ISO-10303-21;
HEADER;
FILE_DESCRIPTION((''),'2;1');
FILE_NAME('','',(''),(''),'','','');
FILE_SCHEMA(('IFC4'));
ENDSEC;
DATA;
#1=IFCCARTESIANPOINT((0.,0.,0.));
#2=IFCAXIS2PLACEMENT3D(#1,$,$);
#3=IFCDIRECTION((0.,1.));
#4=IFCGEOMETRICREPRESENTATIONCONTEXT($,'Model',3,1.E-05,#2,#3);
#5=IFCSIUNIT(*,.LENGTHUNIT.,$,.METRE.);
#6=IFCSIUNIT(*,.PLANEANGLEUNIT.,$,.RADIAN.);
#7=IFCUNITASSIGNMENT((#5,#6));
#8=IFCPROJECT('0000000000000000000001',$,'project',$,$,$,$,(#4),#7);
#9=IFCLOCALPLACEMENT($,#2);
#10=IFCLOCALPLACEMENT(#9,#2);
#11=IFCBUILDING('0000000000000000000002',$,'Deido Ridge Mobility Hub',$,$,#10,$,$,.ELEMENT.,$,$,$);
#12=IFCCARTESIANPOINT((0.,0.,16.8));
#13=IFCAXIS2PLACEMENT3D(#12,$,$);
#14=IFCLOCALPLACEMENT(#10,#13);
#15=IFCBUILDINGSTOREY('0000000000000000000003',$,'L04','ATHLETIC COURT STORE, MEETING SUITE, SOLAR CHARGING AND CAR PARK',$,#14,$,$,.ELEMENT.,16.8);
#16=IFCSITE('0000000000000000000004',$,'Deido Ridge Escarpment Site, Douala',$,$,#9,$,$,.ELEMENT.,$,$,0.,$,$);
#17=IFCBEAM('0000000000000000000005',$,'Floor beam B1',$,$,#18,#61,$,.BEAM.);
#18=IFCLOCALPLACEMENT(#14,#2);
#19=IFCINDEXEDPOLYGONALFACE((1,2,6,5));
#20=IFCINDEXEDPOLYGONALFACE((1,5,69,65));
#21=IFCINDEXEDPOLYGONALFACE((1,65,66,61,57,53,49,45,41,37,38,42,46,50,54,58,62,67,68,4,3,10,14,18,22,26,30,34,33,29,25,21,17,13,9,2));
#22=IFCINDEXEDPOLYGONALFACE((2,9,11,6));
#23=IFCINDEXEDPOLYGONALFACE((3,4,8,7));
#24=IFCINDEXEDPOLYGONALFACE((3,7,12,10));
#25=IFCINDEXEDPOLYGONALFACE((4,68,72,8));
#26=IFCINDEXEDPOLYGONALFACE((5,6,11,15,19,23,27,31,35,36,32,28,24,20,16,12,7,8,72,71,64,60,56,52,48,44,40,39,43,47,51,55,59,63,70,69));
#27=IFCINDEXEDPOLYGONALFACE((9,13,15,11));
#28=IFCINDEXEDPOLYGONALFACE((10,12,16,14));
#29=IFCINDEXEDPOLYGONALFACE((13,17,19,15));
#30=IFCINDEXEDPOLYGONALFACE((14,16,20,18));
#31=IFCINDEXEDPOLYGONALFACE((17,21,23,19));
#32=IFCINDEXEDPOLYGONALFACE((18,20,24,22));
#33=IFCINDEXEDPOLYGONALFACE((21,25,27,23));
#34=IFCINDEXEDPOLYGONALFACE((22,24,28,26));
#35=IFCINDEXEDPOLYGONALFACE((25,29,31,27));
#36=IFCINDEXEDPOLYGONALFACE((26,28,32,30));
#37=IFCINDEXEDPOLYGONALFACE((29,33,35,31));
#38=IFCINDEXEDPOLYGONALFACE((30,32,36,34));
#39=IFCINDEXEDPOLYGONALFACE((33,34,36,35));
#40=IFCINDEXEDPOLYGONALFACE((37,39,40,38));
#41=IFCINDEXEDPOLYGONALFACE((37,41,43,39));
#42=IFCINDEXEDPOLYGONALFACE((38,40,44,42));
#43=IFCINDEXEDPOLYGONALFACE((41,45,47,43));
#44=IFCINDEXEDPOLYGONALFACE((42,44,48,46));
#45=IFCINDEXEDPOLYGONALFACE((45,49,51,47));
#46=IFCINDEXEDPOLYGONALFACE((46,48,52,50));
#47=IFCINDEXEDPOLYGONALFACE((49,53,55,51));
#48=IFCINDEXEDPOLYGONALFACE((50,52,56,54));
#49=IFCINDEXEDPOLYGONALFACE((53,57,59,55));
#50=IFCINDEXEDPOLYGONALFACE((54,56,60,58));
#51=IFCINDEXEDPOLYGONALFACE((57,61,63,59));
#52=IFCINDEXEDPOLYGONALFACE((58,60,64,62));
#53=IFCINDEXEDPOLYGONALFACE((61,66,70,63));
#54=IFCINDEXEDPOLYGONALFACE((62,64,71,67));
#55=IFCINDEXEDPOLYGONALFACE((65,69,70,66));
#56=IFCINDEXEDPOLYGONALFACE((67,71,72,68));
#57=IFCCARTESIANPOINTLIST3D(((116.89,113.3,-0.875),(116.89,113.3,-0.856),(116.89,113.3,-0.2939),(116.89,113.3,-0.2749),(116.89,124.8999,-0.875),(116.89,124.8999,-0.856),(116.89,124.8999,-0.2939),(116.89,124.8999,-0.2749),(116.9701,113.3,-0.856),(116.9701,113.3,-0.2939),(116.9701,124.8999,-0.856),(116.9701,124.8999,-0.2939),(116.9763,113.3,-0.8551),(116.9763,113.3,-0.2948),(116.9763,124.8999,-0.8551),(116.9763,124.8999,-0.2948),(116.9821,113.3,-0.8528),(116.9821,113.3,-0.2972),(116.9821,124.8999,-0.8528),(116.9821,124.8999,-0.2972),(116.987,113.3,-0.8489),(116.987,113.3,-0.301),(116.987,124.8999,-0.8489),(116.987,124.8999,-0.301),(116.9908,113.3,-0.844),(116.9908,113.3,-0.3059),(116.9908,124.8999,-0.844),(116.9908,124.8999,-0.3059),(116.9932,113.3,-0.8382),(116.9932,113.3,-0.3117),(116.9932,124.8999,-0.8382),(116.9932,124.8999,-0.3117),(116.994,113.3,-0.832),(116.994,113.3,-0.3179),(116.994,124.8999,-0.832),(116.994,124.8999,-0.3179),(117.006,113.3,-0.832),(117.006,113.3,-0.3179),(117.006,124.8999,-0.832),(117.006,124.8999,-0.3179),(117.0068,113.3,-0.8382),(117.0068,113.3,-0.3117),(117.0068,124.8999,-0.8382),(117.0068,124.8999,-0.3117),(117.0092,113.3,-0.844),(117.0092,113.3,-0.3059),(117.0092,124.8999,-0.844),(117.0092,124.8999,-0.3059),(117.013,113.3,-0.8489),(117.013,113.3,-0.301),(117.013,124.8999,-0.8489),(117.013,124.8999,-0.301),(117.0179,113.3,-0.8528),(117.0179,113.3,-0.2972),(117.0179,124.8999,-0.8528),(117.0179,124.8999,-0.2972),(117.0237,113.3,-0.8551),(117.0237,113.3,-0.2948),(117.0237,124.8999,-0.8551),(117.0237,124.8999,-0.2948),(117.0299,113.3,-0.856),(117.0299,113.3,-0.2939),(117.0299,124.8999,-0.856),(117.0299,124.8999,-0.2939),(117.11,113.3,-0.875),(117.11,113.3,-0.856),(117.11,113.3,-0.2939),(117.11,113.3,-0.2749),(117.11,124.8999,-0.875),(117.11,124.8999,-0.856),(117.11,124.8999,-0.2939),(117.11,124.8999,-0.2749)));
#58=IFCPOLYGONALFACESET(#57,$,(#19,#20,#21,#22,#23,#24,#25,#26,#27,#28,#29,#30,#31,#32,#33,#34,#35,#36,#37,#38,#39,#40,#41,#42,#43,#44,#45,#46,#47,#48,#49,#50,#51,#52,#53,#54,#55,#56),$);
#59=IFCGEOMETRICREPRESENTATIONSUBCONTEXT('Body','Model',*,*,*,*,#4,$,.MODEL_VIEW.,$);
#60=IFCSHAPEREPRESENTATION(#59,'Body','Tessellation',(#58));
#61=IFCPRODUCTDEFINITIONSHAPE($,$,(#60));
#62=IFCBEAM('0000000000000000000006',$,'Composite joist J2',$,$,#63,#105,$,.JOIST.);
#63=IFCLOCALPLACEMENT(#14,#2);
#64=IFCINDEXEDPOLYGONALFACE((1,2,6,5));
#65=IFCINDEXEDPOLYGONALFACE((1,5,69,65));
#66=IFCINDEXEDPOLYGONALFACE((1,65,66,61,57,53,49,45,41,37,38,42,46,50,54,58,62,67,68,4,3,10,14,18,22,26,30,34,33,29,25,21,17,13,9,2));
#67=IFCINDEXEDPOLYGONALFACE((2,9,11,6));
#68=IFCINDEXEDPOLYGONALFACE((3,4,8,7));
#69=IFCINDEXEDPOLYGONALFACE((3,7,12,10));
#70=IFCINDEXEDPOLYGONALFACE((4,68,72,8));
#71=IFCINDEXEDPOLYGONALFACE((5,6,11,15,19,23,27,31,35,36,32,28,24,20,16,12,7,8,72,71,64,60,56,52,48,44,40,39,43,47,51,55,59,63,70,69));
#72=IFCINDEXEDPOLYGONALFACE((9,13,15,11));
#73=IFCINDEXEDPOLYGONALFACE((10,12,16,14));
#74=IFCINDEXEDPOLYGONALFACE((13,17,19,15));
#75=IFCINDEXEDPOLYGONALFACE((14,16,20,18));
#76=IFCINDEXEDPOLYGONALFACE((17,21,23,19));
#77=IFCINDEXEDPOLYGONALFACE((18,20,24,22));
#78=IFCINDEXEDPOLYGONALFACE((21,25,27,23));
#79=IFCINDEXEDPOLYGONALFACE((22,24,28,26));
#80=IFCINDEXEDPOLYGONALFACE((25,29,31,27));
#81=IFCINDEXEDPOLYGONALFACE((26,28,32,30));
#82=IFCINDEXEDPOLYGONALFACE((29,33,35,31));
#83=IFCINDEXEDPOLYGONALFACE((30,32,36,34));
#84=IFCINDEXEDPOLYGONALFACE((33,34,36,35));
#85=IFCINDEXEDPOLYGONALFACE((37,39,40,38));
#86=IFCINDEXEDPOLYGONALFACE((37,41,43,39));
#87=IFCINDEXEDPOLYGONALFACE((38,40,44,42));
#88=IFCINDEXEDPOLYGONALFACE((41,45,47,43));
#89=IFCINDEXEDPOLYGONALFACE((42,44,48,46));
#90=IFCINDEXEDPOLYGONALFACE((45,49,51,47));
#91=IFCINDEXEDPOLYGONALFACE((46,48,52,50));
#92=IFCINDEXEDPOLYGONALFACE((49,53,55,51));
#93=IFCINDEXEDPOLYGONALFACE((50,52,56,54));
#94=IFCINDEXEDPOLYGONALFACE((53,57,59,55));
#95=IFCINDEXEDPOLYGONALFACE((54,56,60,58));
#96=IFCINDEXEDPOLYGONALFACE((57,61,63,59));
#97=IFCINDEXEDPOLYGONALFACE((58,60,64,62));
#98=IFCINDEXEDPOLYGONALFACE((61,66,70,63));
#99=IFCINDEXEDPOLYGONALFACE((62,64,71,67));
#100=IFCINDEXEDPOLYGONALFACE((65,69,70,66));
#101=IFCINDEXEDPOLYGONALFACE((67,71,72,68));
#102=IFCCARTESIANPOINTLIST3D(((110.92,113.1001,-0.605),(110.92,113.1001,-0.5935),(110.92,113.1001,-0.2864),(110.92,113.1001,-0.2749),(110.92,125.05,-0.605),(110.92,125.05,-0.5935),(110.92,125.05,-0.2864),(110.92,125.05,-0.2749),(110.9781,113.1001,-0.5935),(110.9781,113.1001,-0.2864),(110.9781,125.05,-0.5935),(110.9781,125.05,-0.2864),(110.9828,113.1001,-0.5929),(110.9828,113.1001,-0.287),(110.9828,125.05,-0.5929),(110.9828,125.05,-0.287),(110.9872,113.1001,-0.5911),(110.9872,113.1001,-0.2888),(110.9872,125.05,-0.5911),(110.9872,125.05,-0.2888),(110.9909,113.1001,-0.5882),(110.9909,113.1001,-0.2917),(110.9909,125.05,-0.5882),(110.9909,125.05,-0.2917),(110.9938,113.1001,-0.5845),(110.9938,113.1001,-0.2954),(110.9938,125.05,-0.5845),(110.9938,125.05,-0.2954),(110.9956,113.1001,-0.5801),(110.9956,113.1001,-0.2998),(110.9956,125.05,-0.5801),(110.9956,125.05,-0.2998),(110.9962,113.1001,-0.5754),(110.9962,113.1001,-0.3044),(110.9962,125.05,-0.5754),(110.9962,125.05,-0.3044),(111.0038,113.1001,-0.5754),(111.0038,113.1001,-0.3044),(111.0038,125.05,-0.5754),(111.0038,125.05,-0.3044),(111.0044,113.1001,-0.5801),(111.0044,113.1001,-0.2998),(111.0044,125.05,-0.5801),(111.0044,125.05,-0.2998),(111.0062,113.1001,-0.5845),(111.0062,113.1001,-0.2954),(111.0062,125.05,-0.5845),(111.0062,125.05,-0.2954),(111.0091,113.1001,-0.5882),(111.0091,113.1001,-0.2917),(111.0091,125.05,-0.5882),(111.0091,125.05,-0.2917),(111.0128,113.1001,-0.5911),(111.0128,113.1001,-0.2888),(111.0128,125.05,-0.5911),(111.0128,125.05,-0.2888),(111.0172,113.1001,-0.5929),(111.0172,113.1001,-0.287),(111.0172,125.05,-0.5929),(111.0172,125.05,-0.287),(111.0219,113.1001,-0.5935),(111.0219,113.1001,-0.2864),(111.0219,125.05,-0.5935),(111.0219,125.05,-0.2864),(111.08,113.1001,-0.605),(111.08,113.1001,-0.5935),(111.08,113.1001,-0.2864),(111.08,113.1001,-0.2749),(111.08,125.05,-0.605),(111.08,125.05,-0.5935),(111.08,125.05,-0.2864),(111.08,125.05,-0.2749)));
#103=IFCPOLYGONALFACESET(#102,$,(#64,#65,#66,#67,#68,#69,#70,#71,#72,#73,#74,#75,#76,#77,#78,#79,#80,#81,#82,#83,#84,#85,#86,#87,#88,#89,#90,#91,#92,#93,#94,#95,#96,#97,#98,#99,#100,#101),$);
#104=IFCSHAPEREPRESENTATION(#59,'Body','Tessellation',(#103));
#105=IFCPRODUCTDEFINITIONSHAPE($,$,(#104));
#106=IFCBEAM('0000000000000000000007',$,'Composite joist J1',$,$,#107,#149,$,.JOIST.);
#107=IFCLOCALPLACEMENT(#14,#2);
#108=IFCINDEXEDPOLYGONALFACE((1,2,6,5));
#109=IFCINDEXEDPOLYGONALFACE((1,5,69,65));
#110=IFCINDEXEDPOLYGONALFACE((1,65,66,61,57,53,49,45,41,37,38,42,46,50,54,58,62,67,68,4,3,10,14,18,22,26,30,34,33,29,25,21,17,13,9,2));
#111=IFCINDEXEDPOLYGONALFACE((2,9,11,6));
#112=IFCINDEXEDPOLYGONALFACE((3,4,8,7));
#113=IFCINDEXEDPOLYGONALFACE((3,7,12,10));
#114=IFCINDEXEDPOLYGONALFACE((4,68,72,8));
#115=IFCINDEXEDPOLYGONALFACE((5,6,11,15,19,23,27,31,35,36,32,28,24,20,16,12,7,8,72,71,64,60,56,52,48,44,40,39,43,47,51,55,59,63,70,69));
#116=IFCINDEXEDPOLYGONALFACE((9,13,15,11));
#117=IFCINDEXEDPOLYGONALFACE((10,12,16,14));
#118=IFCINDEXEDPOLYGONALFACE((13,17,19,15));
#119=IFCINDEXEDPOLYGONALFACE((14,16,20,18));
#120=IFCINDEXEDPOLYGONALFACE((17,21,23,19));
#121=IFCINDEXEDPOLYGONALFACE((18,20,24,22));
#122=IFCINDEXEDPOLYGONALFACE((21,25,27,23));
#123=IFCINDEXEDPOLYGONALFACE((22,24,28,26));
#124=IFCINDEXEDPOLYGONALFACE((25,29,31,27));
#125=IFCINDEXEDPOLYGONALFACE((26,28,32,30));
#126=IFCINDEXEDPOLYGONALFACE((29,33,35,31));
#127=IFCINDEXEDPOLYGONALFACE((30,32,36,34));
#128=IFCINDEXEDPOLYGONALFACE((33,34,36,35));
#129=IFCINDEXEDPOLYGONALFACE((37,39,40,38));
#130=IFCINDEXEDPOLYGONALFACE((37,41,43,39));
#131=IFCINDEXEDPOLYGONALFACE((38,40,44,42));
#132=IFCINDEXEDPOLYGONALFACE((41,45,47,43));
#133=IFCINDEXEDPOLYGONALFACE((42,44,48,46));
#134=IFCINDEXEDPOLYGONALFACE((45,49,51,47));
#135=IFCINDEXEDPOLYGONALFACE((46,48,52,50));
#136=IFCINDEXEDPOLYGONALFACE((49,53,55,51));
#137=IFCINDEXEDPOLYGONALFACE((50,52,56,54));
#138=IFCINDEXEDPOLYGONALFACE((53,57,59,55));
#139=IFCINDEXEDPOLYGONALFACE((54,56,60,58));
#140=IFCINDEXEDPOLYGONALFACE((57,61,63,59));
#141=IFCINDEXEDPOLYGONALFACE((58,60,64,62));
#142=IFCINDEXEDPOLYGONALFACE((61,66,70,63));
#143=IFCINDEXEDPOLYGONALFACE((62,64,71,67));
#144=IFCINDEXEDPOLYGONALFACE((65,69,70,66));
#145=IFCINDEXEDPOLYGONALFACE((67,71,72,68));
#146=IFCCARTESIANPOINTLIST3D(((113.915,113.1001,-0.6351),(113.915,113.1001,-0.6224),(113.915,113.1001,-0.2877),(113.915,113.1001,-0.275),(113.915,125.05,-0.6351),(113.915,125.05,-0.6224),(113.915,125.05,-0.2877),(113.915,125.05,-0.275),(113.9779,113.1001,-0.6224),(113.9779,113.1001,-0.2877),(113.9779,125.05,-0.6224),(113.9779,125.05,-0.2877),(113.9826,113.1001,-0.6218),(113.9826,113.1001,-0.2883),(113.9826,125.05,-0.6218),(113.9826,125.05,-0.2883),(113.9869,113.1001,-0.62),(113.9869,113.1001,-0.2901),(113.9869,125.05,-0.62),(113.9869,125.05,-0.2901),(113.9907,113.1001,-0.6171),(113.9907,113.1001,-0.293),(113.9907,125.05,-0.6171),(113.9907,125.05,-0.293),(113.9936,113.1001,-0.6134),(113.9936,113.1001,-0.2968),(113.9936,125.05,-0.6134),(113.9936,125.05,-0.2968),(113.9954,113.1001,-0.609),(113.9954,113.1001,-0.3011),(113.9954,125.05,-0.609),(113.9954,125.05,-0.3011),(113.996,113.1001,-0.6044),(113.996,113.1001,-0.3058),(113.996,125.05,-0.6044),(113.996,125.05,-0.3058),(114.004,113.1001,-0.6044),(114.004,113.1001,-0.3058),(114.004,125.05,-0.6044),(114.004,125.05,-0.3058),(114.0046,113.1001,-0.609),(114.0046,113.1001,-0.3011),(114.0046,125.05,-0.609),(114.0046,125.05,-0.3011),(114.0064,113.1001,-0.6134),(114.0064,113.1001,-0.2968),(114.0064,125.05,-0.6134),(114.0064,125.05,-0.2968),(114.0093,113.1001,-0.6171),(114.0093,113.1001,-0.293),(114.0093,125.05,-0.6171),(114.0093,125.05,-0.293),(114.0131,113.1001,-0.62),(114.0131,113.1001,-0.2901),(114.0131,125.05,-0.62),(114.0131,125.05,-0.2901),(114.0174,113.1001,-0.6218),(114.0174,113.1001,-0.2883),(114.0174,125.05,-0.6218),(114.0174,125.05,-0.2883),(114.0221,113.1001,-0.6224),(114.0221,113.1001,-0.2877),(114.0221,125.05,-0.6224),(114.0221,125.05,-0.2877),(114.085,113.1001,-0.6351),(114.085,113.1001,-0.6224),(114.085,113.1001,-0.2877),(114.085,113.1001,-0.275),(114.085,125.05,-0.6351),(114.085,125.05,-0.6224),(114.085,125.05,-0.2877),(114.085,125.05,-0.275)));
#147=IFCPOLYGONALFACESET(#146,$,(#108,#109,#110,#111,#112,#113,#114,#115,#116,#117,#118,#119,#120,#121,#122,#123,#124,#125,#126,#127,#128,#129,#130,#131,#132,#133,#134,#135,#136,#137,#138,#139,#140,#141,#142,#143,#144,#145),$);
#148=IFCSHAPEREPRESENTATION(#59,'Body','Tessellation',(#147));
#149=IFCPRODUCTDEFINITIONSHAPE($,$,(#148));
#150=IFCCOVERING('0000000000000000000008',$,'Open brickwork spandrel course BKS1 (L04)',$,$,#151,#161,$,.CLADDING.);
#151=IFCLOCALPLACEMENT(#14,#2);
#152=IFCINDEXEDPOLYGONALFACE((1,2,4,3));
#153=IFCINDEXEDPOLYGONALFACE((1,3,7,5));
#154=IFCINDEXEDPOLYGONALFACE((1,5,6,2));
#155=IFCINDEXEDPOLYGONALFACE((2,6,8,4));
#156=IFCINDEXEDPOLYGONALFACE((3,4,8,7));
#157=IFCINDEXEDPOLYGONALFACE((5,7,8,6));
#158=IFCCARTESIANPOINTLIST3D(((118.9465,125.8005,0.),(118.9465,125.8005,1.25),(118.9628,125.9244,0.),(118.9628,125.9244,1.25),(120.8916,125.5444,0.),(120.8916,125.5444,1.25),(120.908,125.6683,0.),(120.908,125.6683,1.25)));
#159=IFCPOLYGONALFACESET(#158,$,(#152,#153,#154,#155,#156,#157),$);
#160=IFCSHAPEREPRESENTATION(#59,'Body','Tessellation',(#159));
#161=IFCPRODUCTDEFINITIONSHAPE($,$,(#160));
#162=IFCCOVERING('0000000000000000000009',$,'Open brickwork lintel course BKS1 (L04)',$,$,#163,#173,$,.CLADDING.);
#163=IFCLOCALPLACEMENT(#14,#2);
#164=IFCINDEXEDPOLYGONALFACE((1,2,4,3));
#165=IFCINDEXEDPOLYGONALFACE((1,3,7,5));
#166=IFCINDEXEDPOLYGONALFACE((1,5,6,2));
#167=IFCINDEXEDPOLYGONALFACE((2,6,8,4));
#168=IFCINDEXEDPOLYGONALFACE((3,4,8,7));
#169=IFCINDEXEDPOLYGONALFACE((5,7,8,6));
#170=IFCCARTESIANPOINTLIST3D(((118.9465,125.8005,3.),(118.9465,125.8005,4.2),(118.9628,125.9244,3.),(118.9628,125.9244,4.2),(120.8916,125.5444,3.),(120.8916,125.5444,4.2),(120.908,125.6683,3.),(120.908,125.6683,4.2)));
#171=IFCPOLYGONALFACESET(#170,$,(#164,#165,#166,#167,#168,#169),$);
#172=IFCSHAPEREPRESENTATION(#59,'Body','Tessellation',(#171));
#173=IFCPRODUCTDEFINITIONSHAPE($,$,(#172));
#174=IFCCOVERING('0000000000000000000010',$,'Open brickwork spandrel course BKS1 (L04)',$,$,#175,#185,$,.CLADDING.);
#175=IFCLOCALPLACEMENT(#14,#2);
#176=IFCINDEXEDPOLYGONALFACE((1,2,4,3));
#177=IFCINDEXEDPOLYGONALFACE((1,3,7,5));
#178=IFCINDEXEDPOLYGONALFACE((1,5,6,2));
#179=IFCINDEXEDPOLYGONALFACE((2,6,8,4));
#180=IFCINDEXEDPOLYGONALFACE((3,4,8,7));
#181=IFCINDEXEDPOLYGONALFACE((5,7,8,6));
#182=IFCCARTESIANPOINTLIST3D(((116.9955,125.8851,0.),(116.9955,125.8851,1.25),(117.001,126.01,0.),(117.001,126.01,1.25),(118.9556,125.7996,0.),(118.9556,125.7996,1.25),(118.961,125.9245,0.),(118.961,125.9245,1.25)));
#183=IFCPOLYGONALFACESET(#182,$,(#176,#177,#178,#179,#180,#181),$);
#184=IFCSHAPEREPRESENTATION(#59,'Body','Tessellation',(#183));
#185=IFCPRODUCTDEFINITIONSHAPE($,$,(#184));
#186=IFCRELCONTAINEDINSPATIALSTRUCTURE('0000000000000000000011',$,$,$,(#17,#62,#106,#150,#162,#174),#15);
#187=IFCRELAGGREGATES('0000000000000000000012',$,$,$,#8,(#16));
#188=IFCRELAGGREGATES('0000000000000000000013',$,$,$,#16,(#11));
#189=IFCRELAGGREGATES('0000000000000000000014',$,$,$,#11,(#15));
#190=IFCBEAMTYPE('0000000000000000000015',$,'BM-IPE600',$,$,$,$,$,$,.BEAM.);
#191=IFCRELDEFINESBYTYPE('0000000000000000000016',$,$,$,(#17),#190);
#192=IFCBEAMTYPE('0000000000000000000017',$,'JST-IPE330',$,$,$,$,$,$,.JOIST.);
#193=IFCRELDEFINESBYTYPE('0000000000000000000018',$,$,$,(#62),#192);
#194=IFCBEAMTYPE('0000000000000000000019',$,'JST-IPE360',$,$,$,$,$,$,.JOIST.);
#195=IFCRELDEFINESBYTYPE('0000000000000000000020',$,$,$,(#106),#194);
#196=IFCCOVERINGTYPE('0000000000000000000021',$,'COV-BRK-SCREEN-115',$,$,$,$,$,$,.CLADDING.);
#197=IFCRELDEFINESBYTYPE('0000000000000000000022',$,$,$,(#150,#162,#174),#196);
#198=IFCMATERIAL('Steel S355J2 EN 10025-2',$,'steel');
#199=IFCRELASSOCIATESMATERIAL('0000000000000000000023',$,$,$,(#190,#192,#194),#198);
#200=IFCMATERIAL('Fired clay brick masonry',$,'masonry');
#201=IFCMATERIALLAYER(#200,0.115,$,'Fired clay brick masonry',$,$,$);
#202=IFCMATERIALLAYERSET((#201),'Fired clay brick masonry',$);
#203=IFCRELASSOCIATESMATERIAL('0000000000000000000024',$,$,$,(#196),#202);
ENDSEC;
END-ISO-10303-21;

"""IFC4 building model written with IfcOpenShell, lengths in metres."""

from ifc_helpers import new_model, si_unit, direction, frame, origin, origin_2d, place, context, subcontext, project, spatial, rectangle, i_section, extrude, material, layer, layer_set, material_profile, profile_set, type_object, element, save


model = new_model("IFC4")

# Units and contexts
model_context = context("Model", 3, precision=1e-05, world=origin(), true_north=direction((0.0, 1.0)))
body_context = subcontext(model_context, "Body", "Model", "MODEL_VIEW")
ifc_project = project(units=[si_unit("LENGTHUNIT", "METRE"), si_unit("PLANEANGLEUNIT", "RADIAN")], contexts=[model_context])

# Site, building, storey
site_placement = place(None, origin())
site = spatial("IfcSite", under=ifc_project, at=site_placement, Name="Deido Ridge Escarpment Site, Douala", CompositionType="ELEMENT", RefElevation=0.0)
building_placement = place(site_placement, origin())
building = spatial("IfcBuilding", under=site, at=building_placement, Name="Deido Ridge Mobility Hub", CompositionType="ELEMENT")
storey_placement = place(building_placement, frame((0.0, 0.0, 16.8)))
storey = spatial("IfcBuildingStorey", under=building, at=storey_placement, Name="L04", Description="ATHLETIC COURT STORE, MEETING SUITE, SOLAR CHARGING AND CAR PARK", CompositionType="ELEMENT", Elevation=16.8)

# Shared definitions
ifc_material_1 = material(Name="Steel S355J2 EN 10025-2", Category="steel")

# Beams
ifc_material_profile_1 = material_profile(ifc_material_1, i_section(OverallWidth=0.22, OverallDepth=0.6001, WebThickness=0.012, FlangeThickness=0.019, FilletRadius=0.0239, at=origin_2d()), Name="IPE 600")
ifc_profile_set_1 = profile_set([ifc_material_profile_1], Name="Steel S355J2 EN 10025-2")
beam_type_1 = type_object("IfcBeamType", Name="BM-IPE600", PredefinedType="BEAM", material=ifc_profile_set_1)
beam_1_placement = place(storey_placement, frame((117.0, 113.3, -0.575), z_axis=(0.0, 1.0, 0.0), x_axis=(-1.0, 0.0, 0.0)))
element("IfcBeam", 1, at=beam_1_placement, inside=storey, type_object=beam_type_1, Name="Floor beam B1", PredefinedType="BEAM", context=body_context, shape_type="SweptSolid", body=[
    extrude(i_section(OverallWidth=0.22, OverallDepth=0.6001, WebThickness=0.012, FlangeThickness=0.019, FilletRadius=0.0239, at=origin_2d()), origin(), (0.0, 0.0, 1.0), 11.5999),
])
ifc_material_profile_2 = material_profile(ifc_material_1, i_section(OverallWidth=0.1599, OverallDepth=0.3301, WebThickness=0.0076, FlangeThickness=0.0115, FilletRadius=0.0181, at=origin_2d()), Name="IPE 330")
ifc_profile_set_2 = profile_set([ifc_material_profile_2], Name="Steel S355J2 EN 10025-2")
beam_type_2 = type_object("IfcBeamType", Name="JST-IPE330", PredefinedType="JOIST", material=ifc_profile_set_2)
beam_2_placement = place(storey_placement, frame((111.0, 113.1001, -0.4399), z_axis=(0.0, 1.0, 0.0), x_axis=(-1.0, 0.0, 0.0)))
element("IfcBeam", 2, at=beam_2_placement, inside=storey, type_object=beam_type_2, Name="Composite joist J2", PredefinedType="JOIST", context=body_context, shape_type="SweptSolid", body=[
    extrude(i_section(OverallWidth=0.1599, OverallDepth=0.3301, WebThickness=0.0076, FlangeThickness=0.0115, FilletRadius=0.0181, at=origin_2d()), origin(), (0.0, 0.0, 1.0), 11.95),
])
ifc_material_profile_3 = material_profile(ifc_material_1, i_section(OverallWidth=0.1699, OverallDepth=0.3601, WebThickness=0.0081, FlangeThickness=0.0127, FilletRadius=0.0181, at=origin_2d()), Name="IPE 360")
ifc_profile_set_3 = profile_set([ifc_material_profile_3], Name="Steel S355J2 EN 10025-2")
beam_type_3 = type_object("IfcBeamType", Name="JST-IPE360", PredefinedType="JOIST", material=ifc_profile_set_3)
beam_3_placement = place(storey_placement, frame((114.0, 113.1001, -0.4551), z_axis=(0.0, 1.0, 0.0), x_axis=(-1.0, 0.0, 0.0)))
element("IfcBeam", 3, at=beam_3_placement, inside=storey, type_object=beam_type_3, Name="Composite joist J1", PredefinedType="JOIST", context=body_context, shape_type="SweptSolid", body=[
    extrude(i_section(OverallWidth=0.1699, OverallDepth=0.3601, WebThickness=0.0081, FlangeThickness=0.0127, FilletRadius=0.0181, at=origin_2d()), origin(), (0.0, 0.0, 1.0), 11.95),
])

# Coverings
ifc_material_2 = material(Name="Fired clay brick masonry", Category="masonry")
ifc_layer = layer(ifc_material_2, 0.115, Name="Fired clay brick masonry")
ifc_layer_set = layer_set([ifc_layer], Name="Fired clay brick masonry")
covering_type = type_object("IfcCoveringType", Name="COV-BRK-SCREEN-115", PredefinedType="CLADDING", material=ifc_layer_set)
covering_1_placement = place(storey_placement, frame((119.9272, 125.7344, 0.0), z_axis=(0.0, 0.0, 1.0), x_axis=(-0.991443, 0.130543, 0.0)))
element("IfcCovering", 4, at=covering_1_placement, inside=storey, type_object=covering_type, Name="Open brickwork spandrel course BKS1 (L04)", PredefinedType="CLADDING", context=body_context, shape_type="SweptSolid", body=[
    extrude(rectangle(XDim=1.9619, YDim=0.125, at=origin_2d()), origin(), (0.0, 0.0, 1.0), 1.25),
])
covering_2_placement = place(storey_placement, frame((119.9272, 125.7344, 3.0), z_axis=(0.0, 0.0, 1.0), x_axis=(-0.991443, 0.130543, 0.0)))
element("IfcCovering", 5, at=covering_2_placement, inside=storey, type_object=covering_type, Name="Open brickwork lintel course BKS1 (L04)", PredefinedType="CLADDING", context=body_context, shape_type="SweptSolid", body=[
    extrude(rectangle(XDim=1.9619, YDim=0.125, at=origin_2d()), origin(), (0.0, 0.0, 1.0), 1.2),
])
covering_3_placement = place(storey_placement, frame((117.9783, 125.9048, 0.0), z_axis=(0.0, 0.0, 1.0), x_axis=(-0.999049, 0.043602, 0.0)))
element("IfcCovering", 6, at=covering_3_placement, inside=storey, type_object=covering_type, Name="Open brickwork spandrel course BKS1 (L04)", PredefinedType="CLADDING", context=body_context, shape_type="SweptSolid", body=[
    extrude(rectangle(XDim=1.9619, YDim=0.125, at=origin_2d()), origin(), (0.0, 0.0, 1.0), 1.25),
])

save(model, "model.ifc")
